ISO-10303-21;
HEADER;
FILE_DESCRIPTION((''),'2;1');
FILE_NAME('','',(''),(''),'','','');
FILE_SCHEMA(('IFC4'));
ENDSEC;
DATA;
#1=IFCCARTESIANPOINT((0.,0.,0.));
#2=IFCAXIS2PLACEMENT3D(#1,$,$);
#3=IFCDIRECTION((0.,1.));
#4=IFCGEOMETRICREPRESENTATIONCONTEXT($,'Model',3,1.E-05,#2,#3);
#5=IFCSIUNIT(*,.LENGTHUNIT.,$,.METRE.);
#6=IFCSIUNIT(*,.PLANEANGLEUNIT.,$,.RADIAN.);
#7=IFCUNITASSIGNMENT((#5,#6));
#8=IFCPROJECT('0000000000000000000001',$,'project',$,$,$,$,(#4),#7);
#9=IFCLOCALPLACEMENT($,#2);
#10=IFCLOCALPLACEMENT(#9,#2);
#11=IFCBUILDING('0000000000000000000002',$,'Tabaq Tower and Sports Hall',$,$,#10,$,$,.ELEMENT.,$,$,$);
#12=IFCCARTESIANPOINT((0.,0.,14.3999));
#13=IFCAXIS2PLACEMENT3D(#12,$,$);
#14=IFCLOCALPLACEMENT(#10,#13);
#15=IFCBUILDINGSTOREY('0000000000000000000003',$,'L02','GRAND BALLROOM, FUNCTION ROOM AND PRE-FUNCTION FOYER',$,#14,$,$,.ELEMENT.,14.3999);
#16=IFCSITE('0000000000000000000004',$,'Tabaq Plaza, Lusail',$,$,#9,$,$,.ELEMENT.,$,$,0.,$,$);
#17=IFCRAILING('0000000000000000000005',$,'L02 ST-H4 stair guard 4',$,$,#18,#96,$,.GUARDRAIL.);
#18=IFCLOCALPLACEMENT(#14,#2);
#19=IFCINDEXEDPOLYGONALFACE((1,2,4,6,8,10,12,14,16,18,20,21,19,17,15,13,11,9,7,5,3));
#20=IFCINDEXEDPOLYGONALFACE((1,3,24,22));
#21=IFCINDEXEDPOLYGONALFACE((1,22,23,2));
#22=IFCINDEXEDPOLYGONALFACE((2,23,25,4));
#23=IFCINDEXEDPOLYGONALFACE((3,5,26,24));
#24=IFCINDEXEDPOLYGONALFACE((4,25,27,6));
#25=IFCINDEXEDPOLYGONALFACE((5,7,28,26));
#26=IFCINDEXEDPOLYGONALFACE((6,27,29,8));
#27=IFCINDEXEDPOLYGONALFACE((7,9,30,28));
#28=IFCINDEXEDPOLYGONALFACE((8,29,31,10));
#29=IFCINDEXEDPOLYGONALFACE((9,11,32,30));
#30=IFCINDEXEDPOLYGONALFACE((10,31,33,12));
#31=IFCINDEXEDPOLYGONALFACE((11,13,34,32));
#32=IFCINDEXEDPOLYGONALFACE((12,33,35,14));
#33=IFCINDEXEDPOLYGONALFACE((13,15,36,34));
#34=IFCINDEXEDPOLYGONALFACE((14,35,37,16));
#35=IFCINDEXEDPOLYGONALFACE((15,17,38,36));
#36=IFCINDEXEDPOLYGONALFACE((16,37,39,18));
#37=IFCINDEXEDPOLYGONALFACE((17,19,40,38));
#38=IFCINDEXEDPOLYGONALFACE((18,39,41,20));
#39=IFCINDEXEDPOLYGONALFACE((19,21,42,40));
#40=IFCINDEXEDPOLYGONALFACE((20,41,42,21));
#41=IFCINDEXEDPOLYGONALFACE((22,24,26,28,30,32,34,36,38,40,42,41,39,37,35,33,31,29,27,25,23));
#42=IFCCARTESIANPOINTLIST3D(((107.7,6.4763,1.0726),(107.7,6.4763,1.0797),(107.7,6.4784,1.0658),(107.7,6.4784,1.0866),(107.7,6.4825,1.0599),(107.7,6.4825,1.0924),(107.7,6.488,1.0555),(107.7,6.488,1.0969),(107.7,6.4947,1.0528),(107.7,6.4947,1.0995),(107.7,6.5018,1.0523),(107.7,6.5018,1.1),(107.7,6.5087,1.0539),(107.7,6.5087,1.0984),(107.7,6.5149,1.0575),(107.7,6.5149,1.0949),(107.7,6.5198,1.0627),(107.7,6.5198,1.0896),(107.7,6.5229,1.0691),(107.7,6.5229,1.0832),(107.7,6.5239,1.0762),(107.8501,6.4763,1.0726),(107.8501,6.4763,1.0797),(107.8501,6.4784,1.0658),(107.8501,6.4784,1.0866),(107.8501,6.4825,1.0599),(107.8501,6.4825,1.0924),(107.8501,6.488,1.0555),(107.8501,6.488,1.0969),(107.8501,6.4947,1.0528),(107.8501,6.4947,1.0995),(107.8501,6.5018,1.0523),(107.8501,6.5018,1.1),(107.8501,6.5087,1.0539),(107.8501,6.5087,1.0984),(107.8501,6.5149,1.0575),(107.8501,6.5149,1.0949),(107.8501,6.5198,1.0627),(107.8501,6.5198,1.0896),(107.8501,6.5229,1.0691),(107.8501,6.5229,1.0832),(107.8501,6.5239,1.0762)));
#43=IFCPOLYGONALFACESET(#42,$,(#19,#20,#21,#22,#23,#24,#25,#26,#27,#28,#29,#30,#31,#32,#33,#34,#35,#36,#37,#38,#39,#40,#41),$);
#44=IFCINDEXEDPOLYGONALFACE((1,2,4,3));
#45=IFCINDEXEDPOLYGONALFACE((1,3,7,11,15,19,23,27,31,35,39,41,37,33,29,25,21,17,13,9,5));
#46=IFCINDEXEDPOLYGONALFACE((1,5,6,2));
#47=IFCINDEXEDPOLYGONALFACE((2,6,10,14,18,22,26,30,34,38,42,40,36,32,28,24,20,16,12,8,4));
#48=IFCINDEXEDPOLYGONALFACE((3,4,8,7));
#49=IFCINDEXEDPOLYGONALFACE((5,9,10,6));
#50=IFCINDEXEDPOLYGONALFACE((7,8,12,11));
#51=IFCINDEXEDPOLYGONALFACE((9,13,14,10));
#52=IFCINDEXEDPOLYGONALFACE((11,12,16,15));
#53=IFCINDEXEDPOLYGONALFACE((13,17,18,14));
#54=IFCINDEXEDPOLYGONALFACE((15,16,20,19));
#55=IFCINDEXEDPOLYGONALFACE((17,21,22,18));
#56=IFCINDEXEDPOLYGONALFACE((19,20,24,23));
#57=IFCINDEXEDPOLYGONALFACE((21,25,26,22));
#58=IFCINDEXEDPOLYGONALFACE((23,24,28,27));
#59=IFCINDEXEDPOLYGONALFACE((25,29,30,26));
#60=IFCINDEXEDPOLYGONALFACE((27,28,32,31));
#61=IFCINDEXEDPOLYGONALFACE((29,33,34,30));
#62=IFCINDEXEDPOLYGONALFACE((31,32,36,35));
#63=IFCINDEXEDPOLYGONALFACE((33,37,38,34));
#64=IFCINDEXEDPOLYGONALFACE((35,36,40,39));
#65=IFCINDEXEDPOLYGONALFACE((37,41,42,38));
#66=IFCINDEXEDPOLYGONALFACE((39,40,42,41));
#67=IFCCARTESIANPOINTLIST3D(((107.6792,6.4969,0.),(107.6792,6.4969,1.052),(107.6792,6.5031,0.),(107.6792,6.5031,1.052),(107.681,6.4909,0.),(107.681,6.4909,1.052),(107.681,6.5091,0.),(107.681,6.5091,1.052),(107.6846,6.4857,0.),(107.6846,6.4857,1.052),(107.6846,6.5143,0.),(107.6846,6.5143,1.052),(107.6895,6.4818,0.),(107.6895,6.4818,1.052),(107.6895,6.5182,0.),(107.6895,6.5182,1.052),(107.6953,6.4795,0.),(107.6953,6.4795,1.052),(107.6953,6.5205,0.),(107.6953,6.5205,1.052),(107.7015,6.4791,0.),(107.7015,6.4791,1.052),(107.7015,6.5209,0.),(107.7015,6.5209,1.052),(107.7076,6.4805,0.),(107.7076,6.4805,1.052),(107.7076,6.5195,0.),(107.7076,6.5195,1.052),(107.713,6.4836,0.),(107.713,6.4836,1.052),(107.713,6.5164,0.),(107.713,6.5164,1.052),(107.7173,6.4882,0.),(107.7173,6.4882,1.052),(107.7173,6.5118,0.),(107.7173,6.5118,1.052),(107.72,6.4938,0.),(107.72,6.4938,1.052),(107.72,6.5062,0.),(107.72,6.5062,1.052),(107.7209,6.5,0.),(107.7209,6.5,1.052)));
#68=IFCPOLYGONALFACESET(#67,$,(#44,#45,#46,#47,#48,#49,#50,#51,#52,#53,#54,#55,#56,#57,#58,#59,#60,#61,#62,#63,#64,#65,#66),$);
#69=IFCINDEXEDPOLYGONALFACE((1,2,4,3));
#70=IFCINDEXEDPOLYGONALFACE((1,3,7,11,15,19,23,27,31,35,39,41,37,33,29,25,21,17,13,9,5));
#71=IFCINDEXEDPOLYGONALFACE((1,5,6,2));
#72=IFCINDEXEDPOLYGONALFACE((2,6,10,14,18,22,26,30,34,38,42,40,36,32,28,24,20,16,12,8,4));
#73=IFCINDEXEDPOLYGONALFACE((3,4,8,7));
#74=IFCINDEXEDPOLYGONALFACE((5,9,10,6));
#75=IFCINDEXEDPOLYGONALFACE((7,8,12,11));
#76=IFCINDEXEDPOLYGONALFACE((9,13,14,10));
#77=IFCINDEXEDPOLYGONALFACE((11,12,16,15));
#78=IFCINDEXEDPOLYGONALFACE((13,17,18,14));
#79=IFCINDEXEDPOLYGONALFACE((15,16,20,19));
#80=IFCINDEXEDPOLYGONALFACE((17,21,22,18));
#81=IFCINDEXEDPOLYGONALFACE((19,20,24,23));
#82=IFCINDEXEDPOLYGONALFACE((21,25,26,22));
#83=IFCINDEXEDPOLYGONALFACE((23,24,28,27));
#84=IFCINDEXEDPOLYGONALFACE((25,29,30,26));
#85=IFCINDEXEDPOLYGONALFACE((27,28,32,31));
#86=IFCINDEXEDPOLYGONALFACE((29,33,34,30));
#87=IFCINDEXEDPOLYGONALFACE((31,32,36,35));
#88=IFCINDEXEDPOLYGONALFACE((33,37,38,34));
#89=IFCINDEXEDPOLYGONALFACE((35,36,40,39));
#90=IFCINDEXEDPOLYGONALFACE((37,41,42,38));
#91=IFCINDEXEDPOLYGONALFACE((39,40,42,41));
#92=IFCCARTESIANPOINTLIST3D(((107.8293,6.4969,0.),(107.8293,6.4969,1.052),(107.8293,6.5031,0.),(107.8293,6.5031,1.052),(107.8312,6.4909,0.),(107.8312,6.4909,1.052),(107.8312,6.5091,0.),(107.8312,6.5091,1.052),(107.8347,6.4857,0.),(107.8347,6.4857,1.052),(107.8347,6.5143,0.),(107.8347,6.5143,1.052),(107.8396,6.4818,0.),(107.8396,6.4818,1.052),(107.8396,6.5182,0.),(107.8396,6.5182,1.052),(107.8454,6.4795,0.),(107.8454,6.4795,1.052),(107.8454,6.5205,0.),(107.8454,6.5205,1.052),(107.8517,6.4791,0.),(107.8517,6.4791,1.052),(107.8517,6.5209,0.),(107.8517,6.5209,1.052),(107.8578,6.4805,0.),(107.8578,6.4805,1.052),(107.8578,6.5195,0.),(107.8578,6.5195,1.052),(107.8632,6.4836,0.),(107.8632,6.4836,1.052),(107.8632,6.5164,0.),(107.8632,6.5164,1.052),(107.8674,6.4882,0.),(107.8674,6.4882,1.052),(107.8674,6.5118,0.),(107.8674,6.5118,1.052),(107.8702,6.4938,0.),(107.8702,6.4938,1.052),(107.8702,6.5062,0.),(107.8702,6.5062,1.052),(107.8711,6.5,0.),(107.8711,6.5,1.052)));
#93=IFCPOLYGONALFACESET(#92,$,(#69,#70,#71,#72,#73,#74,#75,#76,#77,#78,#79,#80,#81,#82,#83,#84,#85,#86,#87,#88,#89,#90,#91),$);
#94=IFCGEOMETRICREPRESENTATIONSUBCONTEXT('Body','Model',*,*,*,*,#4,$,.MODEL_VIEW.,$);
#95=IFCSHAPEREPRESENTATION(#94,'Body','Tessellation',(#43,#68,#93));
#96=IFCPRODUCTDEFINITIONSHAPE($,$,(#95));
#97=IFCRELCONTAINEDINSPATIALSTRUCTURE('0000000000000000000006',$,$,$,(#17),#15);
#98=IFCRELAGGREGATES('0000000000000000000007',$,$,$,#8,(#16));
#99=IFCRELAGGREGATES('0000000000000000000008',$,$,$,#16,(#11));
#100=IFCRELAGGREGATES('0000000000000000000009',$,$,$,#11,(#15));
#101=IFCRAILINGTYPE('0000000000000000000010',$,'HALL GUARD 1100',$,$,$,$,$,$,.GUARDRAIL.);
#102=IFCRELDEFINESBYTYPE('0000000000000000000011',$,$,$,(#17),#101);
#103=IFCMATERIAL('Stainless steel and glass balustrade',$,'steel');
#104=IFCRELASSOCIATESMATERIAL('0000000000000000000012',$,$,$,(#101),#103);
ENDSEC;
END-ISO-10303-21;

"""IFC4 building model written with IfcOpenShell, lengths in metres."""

from ifc_helpers import new_model, si_unit, direction, frame, origin, origin_2d, place, context, subcontext, project, spatial, circle, extrude, material, type_object, element, save


model = new_model("IFC4")

# Units and contexts
model_context = context("Model", 3, precision=1e-05, world=origin(), true_north=direction((0.0, 1.0)))
body_context = subcontext(model_context, "Body", "Model", "MODEL_VIEW")
ifc_project = project(units=[si_unit("LENGTHUNIT", "METRE"), si_unit("PLANEANGLEUNIT", "RADIAN")], contexts=[model_context])

# Site, building, storey
site_placement = place(None, origin())
site = spatial("IfcSite", under=ifc_project, at=site_placement, Name="Tabaq Plaza, Lusail", CompositionType="ELEMENT", RefElevation=0.0)
building_placement = place(site_placement, origin())
building = spatial("IfcBuilding", under=site, at=building_placement, Name="Tabaq Tower and Sports Hall", CompositionType="ELEMENT")
storey_placement = place(building_placement, frame((0.0, 0.0, 14.3999)))
storey = spatial("IfcBuildingStorey", under=building, at=storey_placement, Name="L02", Description="GRAND BALLROOM, FUNCTION ROOM AND PRE-FUNCTION FOYER", CompositionType="ELEMENT", Elevation=14.3999)

# Railing
ifc_material_1 = material(Name="Stainless steel and glass balustrade", Category="steel")
railing_type = type_object("IfcRailingType", Name="HALL GUARD 1100", PredefinedType="GUARDRAIL", material=ifc_material_1)
railing_1_placement = place(storey_placement, frame((107.7, 6.5, 0.0)))
element("IfcRailing", 1, at=railing_1_placement, inside=storey, type_object=railing_type, Name="L02 ST-H4 stair guard 4", PredefinedType="GUARDRAIL", context=body_context, shape_type="SweptSolid", body=[
    extrude(circle(Radius=0.0239, at=origin_2d()), frame((0.0, 0.0, 1.0762), z_axis=(1.0, 0.0, 0.0), x_axis=(0.0, 1.0, 0.0)), (0.0, 0.0, 1.0), 0.1501),
    extrude(circle(Radius=0.021, at=origin_2d()), origin(), (0.0, 0.0, 1.0), 1.052),
    extrude(circle(Radius=0.021, at=origin_2d()), frame((0.1501, 0.0, 0.0)), (0.0, 0.0, 1.0), 1.052),
])

save(model, "model.ifc")
